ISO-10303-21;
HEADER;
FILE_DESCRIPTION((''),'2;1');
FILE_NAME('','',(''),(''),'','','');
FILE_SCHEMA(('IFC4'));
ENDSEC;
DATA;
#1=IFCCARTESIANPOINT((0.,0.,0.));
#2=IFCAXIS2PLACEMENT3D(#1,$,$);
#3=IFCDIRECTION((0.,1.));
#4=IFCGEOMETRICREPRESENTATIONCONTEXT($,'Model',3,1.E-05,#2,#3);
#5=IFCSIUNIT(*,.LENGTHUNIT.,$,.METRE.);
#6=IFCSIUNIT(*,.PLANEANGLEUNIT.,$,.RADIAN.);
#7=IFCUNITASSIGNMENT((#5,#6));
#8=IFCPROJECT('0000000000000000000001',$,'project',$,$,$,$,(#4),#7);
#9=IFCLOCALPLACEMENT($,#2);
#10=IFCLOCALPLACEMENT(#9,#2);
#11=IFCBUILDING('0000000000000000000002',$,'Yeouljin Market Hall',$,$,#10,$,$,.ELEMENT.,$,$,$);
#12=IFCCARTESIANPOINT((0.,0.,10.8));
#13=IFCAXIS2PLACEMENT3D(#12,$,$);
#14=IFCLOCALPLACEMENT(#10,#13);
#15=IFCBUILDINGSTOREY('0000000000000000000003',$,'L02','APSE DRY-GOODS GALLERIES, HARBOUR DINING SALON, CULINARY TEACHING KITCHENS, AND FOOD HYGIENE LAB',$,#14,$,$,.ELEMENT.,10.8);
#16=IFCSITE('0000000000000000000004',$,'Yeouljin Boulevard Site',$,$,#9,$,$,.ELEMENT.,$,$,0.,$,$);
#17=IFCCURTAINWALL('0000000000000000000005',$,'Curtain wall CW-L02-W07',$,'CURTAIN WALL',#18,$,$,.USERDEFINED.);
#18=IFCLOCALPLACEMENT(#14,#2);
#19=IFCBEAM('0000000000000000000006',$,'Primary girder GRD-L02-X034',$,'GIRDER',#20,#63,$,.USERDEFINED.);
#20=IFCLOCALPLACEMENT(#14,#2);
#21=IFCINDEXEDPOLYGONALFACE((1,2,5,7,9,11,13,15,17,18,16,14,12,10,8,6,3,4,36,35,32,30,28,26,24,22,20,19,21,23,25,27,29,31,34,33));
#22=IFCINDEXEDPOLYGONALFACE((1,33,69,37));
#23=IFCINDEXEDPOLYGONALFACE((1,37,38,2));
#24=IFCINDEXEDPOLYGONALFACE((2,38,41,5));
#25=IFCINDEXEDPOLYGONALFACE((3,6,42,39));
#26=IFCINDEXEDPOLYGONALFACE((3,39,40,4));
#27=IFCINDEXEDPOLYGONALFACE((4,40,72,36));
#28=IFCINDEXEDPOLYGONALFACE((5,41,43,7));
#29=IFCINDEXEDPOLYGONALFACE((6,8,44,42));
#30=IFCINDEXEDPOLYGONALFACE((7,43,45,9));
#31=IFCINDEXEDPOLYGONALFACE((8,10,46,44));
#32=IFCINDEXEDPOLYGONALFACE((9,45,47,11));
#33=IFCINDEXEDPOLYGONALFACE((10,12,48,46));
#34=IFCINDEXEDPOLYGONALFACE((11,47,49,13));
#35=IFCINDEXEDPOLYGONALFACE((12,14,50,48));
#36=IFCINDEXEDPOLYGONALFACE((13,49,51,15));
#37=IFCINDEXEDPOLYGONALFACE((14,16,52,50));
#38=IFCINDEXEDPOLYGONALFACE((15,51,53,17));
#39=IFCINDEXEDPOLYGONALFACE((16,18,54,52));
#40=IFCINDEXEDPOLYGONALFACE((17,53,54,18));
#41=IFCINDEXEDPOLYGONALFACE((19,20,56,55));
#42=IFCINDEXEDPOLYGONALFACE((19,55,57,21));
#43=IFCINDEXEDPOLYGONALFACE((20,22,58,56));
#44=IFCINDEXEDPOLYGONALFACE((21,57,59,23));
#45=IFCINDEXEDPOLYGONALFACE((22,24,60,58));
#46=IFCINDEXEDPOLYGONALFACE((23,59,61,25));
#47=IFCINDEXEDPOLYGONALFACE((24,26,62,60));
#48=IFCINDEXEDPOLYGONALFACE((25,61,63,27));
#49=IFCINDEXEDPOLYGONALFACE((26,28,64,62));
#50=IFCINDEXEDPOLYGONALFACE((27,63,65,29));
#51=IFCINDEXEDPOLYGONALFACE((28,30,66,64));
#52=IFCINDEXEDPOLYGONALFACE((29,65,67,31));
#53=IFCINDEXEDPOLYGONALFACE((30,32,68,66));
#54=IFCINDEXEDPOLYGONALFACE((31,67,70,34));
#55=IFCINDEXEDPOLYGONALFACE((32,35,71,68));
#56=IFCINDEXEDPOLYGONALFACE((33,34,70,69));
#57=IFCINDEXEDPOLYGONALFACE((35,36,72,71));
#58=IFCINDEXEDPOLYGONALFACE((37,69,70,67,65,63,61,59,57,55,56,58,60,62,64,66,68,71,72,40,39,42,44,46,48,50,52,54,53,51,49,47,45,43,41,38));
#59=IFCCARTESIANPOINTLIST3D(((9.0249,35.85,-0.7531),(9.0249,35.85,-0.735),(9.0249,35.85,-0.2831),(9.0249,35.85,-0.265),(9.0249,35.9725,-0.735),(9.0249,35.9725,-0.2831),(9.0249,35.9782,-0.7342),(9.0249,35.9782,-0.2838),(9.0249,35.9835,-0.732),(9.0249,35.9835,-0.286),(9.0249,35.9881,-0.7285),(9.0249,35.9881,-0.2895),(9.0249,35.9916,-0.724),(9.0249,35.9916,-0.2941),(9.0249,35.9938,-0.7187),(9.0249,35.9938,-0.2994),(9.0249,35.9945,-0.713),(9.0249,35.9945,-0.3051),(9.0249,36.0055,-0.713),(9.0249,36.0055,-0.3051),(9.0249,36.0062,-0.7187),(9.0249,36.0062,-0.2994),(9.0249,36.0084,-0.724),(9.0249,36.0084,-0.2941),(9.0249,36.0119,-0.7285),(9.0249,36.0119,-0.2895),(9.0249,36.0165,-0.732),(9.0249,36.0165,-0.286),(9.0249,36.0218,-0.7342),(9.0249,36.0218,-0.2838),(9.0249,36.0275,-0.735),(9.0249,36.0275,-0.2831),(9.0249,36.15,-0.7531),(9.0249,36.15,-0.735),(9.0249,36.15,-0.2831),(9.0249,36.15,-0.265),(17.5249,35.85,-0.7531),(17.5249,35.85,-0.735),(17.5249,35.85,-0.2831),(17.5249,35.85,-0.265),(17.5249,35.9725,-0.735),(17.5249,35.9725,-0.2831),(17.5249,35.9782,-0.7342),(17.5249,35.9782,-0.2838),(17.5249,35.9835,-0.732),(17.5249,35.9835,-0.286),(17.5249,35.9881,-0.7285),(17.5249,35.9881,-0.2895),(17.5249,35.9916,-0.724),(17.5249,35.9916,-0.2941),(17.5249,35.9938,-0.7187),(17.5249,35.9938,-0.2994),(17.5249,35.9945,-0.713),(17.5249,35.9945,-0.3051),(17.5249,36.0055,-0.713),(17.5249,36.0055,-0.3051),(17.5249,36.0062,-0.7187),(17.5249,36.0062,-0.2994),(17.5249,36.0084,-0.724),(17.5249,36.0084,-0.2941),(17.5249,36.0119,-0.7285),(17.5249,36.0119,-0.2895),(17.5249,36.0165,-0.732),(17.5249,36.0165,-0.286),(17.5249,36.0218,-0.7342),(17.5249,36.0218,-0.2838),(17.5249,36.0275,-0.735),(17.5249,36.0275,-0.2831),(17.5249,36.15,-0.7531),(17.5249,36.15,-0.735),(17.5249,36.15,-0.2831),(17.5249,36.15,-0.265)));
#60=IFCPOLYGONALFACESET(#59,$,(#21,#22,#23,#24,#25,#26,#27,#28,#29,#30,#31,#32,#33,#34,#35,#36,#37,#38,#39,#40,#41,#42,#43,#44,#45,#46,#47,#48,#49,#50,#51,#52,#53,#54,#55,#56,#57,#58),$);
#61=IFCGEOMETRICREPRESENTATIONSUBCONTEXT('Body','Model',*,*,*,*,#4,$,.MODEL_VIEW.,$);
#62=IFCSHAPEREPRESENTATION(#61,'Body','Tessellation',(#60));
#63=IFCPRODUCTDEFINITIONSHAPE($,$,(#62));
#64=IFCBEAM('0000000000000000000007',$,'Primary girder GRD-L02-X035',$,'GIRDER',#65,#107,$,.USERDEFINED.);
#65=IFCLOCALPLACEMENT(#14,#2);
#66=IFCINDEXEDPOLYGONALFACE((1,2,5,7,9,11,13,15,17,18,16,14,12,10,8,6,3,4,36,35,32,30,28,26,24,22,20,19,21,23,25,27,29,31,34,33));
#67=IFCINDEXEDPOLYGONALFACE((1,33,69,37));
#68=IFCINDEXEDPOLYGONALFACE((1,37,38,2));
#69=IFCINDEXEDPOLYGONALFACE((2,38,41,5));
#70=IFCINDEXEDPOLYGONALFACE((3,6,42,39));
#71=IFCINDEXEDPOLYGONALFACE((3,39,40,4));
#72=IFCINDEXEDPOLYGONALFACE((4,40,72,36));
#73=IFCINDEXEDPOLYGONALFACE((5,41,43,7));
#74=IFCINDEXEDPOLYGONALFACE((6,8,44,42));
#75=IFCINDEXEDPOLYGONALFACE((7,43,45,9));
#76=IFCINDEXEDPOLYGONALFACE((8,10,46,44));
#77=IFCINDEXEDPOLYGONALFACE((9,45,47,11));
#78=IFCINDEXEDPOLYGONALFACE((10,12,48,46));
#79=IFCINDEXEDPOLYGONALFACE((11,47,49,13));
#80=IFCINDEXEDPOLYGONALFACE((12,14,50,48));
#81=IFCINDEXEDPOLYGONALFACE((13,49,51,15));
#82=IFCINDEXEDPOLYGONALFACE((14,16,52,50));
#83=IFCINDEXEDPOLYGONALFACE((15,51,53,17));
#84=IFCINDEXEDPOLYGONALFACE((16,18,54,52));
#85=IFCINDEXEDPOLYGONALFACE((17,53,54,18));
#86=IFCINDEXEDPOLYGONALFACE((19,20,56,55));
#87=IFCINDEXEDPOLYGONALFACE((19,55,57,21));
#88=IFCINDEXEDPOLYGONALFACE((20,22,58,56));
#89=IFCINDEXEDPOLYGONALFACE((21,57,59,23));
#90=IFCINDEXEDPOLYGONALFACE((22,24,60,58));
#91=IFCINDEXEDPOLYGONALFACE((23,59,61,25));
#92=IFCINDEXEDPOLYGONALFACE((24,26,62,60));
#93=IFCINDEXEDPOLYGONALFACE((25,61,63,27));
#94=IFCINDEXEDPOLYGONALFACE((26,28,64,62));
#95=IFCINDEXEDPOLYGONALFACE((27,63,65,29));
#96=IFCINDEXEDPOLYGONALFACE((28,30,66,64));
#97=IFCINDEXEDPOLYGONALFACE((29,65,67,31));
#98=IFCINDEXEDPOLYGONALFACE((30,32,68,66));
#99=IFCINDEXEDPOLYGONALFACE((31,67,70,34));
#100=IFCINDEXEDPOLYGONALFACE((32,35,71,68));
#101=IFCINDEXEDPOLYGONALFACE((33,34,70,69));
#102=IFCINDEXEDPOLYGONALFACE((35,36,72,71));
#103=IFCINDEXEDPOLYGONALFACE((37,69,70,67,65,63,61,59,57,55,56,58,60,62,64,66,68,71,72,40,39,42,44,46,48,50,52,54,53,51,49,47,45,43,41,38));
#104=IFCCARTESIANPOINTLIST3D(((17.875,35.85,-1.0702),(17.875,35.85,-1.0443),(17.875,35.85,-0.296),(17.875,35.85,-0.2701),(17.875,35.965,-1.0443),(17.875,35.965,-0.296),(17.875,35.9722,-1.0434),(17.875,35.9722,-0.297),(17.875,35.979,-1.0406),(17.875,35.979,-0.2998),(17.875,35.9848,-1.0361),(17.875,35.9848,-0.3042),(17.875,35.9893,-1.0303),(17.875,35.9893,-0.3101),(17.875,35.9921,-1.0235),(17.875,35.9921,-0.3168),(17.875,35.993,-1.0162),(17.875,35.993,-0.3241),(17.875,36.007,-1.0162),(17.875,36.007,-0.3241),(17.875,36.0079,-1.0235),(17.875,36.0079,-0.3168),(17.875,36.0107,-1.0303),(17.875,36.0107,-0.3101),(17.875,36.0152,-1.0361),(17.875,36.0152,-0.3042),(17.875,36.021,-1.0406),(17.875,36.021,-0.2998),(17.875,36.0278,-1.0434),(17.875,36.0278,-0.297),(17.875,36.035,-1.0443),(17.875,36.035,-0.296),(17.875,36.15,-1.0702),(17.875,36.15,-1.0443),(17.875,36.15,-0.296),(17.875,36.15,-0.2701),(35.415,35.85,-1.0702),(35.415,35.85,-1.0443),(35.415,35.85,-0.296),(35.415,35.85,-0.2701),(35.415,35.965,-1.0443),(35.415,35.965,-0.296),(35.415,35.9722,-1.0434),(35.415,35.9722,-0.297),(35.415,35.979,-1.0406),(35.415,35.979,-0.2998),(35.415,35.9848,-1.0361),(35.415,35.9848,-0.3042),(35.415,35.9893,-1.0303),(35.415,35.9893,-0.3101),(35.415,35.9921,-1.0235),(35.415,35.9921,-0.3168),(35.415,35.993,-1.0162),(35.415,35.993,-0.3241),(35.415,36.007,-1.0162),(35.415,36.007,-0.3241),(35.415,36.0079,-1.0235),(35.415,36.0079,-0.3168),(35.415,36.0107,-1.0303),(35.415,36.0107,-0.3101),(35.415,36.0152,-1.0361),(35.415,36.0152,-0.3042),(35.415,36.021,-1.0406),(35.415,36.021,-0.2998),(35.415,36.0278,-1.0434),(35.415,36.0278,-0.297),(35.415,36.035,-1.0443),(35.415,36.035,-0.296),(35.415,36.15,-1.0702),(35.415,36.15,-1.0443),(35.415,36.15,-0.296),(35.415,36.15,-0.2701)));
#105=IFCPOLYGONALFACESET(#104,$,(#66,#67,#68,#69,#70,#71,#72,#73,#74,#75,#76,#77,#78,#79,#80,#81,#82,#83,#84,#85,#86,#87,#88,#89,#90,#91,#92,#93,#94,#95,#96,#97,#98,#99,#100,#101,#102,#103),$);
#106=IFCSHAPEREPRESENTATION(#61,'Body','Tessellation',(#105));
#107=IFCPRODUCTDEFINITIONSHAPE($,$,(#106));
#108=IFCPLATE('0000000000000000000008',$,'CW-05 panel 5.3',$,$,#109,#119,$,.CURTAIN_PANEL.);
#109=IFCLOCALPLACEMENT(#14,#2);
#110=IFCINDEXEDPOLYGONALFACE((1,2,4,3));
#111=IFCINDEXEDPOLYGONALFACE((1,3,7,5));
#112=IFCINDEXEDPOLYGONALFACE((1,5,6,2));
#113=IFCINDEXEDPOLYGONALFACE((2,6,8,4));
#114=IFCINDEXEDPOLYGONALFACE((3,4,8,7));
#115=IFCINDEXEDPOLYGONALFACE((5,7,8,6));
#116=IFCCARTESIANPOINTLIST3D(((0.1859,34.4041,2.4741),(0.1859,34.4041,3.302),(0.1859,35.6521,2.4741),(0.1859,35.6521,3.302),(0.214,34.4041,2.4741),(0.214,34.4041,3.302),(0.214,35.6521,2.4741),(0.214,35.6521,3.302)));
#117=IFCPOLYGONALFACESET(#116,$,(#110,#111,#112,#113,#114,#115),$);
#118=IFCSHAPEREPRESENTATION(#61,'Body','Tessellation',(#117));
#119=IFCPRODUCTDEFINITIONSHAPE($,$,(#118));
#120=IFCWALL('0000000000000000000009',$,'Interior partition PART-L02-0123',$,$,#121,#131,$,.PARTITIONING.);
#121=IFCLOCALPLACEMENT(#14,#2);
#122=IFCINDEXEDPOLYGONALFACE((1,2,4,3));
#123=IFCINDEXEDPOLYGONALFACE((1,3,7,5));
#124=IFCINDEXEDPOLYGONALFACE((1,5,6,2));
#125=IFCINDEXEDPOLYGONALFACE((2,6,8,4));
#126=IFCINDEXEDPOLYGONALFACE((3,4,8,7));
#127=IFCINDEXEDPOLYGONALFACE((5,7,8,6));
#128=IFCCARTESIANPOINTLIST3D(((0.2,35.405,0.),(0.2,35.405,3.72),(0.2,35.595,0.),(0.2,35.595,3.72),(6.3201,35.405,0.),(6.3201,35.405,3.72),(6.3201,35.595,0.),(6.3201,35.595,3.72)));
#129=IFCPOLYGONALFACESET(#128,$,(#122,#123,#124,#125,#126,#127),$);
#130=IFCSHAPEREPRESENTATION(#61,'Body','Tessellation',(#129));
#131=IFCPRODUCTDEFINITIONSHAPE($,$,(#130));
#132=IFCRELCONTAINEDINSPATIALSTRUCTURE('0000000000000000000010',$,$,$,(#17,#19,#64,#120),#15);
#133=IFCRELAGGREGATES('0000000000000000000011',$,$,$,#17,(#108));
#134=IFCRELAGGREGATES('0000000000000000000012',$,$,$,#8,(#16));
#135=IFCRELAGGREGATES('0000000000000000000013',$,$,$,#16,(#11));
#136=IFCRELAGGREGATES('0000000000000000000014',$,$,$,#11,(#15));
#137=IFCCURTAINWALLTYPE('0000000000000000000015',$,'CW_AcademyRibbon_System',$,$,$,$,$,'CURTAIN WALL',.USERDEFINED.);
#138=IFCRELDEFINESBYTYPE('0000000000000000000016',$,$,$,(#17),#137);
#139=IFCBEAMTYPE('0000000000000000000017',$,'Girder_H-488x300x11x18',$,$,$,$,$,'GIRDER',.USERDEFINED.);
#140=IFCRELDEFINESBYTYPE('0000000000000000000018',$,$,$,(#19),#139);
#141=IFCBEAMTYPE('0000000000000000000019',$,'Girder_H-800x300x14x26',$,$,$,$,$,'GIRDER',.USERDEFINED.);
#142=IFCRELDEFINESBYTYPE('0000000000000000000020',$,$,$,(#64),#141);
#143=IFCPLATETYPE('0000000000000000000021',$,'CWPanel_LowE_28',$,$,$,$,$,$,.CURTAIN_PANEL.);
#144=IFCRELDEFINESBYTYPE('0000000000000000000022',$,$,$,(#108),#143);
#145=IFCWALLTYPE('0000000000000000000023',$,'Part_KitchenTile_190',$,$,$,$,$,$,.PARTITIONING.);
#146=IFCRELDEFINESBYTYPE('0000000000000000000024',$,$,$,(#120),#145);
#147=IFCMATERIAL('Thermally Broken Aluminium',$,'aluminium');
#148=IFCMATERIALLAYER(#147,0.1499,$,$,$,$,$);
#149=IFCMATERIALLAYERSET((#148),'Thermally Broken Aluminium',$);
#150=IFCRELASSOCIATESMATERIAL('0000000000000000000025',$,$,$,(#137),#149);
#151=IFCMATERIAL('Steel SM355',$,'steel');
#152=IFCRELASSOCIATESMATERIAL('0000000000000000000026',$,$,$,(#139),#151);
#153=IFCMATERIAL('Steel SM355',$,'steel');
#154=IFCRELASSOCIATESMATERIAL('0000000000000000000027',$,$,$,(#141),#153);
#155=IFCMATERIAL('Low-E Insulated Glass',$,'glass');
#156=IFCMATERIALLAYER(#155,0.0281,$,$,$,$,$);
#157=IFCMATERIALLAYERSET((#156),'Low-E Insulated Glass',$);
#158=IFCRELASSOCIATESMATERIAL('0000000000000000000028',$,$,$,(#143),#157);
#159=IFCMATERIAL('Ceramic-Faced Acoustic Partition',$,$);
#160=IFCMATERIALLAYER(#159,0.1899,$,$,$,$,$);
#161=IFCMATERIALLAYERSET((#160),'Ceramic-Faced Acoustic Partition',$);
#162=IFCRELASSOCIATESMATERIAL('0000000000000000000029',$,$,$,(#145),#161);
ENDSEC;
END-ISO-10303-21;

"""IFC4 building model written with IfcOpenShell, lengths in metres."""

from ifc_helpers import new_model, si_unit, direction, frame, frame_2d, origin, origin_2d, place, context, subcontext, project, spatial, rectangle, i_section, extrude, material, layer, layer_set, material_profile, profile_set, type_object, element, aggregate, save


model = new_model("IFC4")

# Units and contexts
model_context = context("Model", 3, precision=1e-05, world=origin(), true_north=direction((0.0, 1.0)))
body_context = subcontext(model_context, "Body", "Model", "MODEL_VIEW")
ifc_project = project(units=[si_unit("LENGTHUNIT", "METRE"), si_unit("PLANEANGLEUNIT", "RADIAN")], contexts=[model_context])

# Site, building, storey
site_placement = place(None, origin())
site = spatial("IfcSite", under=ifc_project, at=site_placement, Name="Yeouljin Boulevard Site", CompositionType="ELEMENT", RefElevation=0.0)
building_placement = place(site_placement, origin())
building = spatial("IfcBuilding", under=site, at=building_placement, Name="Yeouljin Market Hall", CompositionType="ELEMENT")
storey_placement = place(building_placement, frame((0.0, 0.0, 10.8)))
storey = spatial("IfcBuildingStorey", under=building, at=storey_placement, Name="L02", Description="APSE DRY-GOODS GALLERIES, HARBOUR DINING SALON, CULINARY TEACHING KITCHENS, AND FOOD HYGIENE LAB", CompositionType="ELEMENT", Elevation=10.8)

# Curtain wall
ifc_material_1 = material(Name="Thermally Broken Aluminium", Category="aluminium")
ifc_layer_1 = layer(ifc_material_1, 0.1499)
ifc_layer_set_1 = layer_set([ifc_layer_1], Name="Thermally Broken Aluminium")
curtain_wall_type = type_object("IfcCurtainWallType", Name="CW_AcademyRibbon_System", ElementType="CURTAIN WALL", PredefinedType="USERDEFINED", material=ifc_layer_set_1)
curtain_wall_placement = place(storey_placement, origin())
curtain_wall = element("IfcCurtainWall", 1, at=curtain_wall_placement, inside=storey, type_object=curtain_wall_type, Name="Curtain wall CW-L02-W07", ObjectType="CURTAIN WALL", PredefinedType="USERDEFINED")

# Beams
ifc_material_2 = material(Name="Steel SM355", Category="steel")
ifc_material_profile_1 = material_profile(ifc_material_2, i_section(OverallWidth=0.3, OverallDepth=0.488, WebThickness=0.011, FlangeThickness=0.0181, FilletRadius=0.022, at=origin_2d()), Name="H-488x300x11x18")
ifc_profile_set_1 = profile_set([ifc_material_profile_1], Name="Steel SM355")
beam_type_1 = type_object("IfcBeamType", Name="Girder_H-488x300x11x18", ElementType="GIRDER", PredefinedType="USERDEFINED", material=ifc_profile_set_1)
beam_1_placement = place(storey_placement, frame((9.0249, 36.0, -0.509), z_axis=(1.0, 0.0, 0.0), x_axis=(0.0, 1.0, 0.0)))
element("IfcBeam", 2, at=beam_1_placement, inside=storey, type_object=beam_type_1, Name="Primary girder GRD-L02-X034", ObjectType="GIRDER", PredefinedType="USERDEFINED", context=body_context, shape_type="SweptSolid", body=[
    extrude(i_section(OverallWidth=0.3, OverallDepth=0.488, WebThickness=0.011, FlangeThickness=0.0181, FilletRadius=0.022, at=origin_2d()), origin(), (0.0, 0.0, 1.0), 8.5),
])
ifc_material_3 = material(Name="Steel SM355", Category="steel")
ifc_material_profile_2 = material_profile(ifc_material_3, i_section(OverallWidth=0.3, OverallDepth=0.8, WebThickness=0.0139, FlangeThickness=0.0259, FilletRadius=0.0281, at=origin_2d()), Name="H-800x300x14x26")
ifc_profile_set_2 = profile_set([ifc_material_profile_2], Name="Steel SM355")
beam_type_2 = type_object("IfcBeamType", Name="Girder_H-800x300x14x26", ElementType="GIRDER", PredefinedType="USERDEFINED", material=ifc_profile_set_2)
beam_2_placement = place(storey_placement, frame((17.875, 36.0, -0.6702), z_axis=(1.0, 0.0, 0.0), x_axis=(0.0, 1.0, 0.0)))
element("IfcBeam", 3, at=beam_2_placement, inside=storey, type_object=beam_type_2, Name="Primary girder GRD-L02-X035", ObjectType="GIRDER", PredefinedType="USERDEFINED", context=body_context, shape_type="SweptSolid", body=[
    extrude(i_section(OverallWidth=0.3, OverallDepth=0.8, WebThickness=0.0139, FlangeThickness=0.0259, FilletRadius=0.0281, at=origin_2d()), origin(), (0.0, 0.0, 1.0), 17.54),
])

# Plate
ifc_material_4 = material(Name="Low-E Insulated Glass", Category="glass")
ifc_layer_2 = layer(ifc_material_4, 0.0281)
ifc_layer_set_2 = layer_set([ifc_layer_2], Name="Low-E Insulated Glass")
plate_type = type_object("IfcPlateType", Name="CWPanel_LowE_28", PredefinedType="CURTAIN_PANEL", material=ifc_layer_set_2)
plate_placement = place(storey_placement, frame((0.2, 35.0281, 2.4741), z_axis=(0.0, 0.0, 1.0), x_axis=(0.0, 1.0, 0.0)))
plate = element("IfcPlate", 4, at=plate_placement, type_object=plate_type, Name="CW-05 panel 5.3", PredefinedType="CURTAIN_PANEL", context=body_context, shape_type="SweptSolid", body=[
    extrude(rectangle(XDim=1.248, YDim=0.0281, at=origin_2d()), origin(), (0.0, 0.0, 1.0), 0.8279),
])
aggregate(curtain_wall, [plate])

# Wall
ifc_material_5 = material(Name="Ceramic-Faced Acoustic Partition")
ifc_layer_3 = layer(ifc_material_5, 0.1899)
ifc_layer_set_3 = layer_set([ifc_layer_3], Name="Ceramic-Faced Acoustic Partition")
wall_type = type_object("IfcWallType", Name="Part_KitchenTile_190", PredefinedType="PARTITIONING", material=ifc_layer_set_3)
wall_placement = place(storey_placement, frame((6.3201, 35.5, 0.0), z_axis=(0.0, 0.0, 1.0), x_axis=(-1.0, 0.0, 0.0)))
element("IfcWall", 5, at=wall_placement, inside=storey, type_object=wall_type, Name="Interior partition PART-L02-0123", PredefinedType="PARTITIONING", context=body_context, shape_type="SweptSolid", body=[
    extrude(rectangle(XDim=6.1201, YDim=0.1899, at=frame_2d((3.0601, 0.0))), origin(), (0.0, 0.0, 1.0), 3.72),
])

save(model, "model.ifc")
